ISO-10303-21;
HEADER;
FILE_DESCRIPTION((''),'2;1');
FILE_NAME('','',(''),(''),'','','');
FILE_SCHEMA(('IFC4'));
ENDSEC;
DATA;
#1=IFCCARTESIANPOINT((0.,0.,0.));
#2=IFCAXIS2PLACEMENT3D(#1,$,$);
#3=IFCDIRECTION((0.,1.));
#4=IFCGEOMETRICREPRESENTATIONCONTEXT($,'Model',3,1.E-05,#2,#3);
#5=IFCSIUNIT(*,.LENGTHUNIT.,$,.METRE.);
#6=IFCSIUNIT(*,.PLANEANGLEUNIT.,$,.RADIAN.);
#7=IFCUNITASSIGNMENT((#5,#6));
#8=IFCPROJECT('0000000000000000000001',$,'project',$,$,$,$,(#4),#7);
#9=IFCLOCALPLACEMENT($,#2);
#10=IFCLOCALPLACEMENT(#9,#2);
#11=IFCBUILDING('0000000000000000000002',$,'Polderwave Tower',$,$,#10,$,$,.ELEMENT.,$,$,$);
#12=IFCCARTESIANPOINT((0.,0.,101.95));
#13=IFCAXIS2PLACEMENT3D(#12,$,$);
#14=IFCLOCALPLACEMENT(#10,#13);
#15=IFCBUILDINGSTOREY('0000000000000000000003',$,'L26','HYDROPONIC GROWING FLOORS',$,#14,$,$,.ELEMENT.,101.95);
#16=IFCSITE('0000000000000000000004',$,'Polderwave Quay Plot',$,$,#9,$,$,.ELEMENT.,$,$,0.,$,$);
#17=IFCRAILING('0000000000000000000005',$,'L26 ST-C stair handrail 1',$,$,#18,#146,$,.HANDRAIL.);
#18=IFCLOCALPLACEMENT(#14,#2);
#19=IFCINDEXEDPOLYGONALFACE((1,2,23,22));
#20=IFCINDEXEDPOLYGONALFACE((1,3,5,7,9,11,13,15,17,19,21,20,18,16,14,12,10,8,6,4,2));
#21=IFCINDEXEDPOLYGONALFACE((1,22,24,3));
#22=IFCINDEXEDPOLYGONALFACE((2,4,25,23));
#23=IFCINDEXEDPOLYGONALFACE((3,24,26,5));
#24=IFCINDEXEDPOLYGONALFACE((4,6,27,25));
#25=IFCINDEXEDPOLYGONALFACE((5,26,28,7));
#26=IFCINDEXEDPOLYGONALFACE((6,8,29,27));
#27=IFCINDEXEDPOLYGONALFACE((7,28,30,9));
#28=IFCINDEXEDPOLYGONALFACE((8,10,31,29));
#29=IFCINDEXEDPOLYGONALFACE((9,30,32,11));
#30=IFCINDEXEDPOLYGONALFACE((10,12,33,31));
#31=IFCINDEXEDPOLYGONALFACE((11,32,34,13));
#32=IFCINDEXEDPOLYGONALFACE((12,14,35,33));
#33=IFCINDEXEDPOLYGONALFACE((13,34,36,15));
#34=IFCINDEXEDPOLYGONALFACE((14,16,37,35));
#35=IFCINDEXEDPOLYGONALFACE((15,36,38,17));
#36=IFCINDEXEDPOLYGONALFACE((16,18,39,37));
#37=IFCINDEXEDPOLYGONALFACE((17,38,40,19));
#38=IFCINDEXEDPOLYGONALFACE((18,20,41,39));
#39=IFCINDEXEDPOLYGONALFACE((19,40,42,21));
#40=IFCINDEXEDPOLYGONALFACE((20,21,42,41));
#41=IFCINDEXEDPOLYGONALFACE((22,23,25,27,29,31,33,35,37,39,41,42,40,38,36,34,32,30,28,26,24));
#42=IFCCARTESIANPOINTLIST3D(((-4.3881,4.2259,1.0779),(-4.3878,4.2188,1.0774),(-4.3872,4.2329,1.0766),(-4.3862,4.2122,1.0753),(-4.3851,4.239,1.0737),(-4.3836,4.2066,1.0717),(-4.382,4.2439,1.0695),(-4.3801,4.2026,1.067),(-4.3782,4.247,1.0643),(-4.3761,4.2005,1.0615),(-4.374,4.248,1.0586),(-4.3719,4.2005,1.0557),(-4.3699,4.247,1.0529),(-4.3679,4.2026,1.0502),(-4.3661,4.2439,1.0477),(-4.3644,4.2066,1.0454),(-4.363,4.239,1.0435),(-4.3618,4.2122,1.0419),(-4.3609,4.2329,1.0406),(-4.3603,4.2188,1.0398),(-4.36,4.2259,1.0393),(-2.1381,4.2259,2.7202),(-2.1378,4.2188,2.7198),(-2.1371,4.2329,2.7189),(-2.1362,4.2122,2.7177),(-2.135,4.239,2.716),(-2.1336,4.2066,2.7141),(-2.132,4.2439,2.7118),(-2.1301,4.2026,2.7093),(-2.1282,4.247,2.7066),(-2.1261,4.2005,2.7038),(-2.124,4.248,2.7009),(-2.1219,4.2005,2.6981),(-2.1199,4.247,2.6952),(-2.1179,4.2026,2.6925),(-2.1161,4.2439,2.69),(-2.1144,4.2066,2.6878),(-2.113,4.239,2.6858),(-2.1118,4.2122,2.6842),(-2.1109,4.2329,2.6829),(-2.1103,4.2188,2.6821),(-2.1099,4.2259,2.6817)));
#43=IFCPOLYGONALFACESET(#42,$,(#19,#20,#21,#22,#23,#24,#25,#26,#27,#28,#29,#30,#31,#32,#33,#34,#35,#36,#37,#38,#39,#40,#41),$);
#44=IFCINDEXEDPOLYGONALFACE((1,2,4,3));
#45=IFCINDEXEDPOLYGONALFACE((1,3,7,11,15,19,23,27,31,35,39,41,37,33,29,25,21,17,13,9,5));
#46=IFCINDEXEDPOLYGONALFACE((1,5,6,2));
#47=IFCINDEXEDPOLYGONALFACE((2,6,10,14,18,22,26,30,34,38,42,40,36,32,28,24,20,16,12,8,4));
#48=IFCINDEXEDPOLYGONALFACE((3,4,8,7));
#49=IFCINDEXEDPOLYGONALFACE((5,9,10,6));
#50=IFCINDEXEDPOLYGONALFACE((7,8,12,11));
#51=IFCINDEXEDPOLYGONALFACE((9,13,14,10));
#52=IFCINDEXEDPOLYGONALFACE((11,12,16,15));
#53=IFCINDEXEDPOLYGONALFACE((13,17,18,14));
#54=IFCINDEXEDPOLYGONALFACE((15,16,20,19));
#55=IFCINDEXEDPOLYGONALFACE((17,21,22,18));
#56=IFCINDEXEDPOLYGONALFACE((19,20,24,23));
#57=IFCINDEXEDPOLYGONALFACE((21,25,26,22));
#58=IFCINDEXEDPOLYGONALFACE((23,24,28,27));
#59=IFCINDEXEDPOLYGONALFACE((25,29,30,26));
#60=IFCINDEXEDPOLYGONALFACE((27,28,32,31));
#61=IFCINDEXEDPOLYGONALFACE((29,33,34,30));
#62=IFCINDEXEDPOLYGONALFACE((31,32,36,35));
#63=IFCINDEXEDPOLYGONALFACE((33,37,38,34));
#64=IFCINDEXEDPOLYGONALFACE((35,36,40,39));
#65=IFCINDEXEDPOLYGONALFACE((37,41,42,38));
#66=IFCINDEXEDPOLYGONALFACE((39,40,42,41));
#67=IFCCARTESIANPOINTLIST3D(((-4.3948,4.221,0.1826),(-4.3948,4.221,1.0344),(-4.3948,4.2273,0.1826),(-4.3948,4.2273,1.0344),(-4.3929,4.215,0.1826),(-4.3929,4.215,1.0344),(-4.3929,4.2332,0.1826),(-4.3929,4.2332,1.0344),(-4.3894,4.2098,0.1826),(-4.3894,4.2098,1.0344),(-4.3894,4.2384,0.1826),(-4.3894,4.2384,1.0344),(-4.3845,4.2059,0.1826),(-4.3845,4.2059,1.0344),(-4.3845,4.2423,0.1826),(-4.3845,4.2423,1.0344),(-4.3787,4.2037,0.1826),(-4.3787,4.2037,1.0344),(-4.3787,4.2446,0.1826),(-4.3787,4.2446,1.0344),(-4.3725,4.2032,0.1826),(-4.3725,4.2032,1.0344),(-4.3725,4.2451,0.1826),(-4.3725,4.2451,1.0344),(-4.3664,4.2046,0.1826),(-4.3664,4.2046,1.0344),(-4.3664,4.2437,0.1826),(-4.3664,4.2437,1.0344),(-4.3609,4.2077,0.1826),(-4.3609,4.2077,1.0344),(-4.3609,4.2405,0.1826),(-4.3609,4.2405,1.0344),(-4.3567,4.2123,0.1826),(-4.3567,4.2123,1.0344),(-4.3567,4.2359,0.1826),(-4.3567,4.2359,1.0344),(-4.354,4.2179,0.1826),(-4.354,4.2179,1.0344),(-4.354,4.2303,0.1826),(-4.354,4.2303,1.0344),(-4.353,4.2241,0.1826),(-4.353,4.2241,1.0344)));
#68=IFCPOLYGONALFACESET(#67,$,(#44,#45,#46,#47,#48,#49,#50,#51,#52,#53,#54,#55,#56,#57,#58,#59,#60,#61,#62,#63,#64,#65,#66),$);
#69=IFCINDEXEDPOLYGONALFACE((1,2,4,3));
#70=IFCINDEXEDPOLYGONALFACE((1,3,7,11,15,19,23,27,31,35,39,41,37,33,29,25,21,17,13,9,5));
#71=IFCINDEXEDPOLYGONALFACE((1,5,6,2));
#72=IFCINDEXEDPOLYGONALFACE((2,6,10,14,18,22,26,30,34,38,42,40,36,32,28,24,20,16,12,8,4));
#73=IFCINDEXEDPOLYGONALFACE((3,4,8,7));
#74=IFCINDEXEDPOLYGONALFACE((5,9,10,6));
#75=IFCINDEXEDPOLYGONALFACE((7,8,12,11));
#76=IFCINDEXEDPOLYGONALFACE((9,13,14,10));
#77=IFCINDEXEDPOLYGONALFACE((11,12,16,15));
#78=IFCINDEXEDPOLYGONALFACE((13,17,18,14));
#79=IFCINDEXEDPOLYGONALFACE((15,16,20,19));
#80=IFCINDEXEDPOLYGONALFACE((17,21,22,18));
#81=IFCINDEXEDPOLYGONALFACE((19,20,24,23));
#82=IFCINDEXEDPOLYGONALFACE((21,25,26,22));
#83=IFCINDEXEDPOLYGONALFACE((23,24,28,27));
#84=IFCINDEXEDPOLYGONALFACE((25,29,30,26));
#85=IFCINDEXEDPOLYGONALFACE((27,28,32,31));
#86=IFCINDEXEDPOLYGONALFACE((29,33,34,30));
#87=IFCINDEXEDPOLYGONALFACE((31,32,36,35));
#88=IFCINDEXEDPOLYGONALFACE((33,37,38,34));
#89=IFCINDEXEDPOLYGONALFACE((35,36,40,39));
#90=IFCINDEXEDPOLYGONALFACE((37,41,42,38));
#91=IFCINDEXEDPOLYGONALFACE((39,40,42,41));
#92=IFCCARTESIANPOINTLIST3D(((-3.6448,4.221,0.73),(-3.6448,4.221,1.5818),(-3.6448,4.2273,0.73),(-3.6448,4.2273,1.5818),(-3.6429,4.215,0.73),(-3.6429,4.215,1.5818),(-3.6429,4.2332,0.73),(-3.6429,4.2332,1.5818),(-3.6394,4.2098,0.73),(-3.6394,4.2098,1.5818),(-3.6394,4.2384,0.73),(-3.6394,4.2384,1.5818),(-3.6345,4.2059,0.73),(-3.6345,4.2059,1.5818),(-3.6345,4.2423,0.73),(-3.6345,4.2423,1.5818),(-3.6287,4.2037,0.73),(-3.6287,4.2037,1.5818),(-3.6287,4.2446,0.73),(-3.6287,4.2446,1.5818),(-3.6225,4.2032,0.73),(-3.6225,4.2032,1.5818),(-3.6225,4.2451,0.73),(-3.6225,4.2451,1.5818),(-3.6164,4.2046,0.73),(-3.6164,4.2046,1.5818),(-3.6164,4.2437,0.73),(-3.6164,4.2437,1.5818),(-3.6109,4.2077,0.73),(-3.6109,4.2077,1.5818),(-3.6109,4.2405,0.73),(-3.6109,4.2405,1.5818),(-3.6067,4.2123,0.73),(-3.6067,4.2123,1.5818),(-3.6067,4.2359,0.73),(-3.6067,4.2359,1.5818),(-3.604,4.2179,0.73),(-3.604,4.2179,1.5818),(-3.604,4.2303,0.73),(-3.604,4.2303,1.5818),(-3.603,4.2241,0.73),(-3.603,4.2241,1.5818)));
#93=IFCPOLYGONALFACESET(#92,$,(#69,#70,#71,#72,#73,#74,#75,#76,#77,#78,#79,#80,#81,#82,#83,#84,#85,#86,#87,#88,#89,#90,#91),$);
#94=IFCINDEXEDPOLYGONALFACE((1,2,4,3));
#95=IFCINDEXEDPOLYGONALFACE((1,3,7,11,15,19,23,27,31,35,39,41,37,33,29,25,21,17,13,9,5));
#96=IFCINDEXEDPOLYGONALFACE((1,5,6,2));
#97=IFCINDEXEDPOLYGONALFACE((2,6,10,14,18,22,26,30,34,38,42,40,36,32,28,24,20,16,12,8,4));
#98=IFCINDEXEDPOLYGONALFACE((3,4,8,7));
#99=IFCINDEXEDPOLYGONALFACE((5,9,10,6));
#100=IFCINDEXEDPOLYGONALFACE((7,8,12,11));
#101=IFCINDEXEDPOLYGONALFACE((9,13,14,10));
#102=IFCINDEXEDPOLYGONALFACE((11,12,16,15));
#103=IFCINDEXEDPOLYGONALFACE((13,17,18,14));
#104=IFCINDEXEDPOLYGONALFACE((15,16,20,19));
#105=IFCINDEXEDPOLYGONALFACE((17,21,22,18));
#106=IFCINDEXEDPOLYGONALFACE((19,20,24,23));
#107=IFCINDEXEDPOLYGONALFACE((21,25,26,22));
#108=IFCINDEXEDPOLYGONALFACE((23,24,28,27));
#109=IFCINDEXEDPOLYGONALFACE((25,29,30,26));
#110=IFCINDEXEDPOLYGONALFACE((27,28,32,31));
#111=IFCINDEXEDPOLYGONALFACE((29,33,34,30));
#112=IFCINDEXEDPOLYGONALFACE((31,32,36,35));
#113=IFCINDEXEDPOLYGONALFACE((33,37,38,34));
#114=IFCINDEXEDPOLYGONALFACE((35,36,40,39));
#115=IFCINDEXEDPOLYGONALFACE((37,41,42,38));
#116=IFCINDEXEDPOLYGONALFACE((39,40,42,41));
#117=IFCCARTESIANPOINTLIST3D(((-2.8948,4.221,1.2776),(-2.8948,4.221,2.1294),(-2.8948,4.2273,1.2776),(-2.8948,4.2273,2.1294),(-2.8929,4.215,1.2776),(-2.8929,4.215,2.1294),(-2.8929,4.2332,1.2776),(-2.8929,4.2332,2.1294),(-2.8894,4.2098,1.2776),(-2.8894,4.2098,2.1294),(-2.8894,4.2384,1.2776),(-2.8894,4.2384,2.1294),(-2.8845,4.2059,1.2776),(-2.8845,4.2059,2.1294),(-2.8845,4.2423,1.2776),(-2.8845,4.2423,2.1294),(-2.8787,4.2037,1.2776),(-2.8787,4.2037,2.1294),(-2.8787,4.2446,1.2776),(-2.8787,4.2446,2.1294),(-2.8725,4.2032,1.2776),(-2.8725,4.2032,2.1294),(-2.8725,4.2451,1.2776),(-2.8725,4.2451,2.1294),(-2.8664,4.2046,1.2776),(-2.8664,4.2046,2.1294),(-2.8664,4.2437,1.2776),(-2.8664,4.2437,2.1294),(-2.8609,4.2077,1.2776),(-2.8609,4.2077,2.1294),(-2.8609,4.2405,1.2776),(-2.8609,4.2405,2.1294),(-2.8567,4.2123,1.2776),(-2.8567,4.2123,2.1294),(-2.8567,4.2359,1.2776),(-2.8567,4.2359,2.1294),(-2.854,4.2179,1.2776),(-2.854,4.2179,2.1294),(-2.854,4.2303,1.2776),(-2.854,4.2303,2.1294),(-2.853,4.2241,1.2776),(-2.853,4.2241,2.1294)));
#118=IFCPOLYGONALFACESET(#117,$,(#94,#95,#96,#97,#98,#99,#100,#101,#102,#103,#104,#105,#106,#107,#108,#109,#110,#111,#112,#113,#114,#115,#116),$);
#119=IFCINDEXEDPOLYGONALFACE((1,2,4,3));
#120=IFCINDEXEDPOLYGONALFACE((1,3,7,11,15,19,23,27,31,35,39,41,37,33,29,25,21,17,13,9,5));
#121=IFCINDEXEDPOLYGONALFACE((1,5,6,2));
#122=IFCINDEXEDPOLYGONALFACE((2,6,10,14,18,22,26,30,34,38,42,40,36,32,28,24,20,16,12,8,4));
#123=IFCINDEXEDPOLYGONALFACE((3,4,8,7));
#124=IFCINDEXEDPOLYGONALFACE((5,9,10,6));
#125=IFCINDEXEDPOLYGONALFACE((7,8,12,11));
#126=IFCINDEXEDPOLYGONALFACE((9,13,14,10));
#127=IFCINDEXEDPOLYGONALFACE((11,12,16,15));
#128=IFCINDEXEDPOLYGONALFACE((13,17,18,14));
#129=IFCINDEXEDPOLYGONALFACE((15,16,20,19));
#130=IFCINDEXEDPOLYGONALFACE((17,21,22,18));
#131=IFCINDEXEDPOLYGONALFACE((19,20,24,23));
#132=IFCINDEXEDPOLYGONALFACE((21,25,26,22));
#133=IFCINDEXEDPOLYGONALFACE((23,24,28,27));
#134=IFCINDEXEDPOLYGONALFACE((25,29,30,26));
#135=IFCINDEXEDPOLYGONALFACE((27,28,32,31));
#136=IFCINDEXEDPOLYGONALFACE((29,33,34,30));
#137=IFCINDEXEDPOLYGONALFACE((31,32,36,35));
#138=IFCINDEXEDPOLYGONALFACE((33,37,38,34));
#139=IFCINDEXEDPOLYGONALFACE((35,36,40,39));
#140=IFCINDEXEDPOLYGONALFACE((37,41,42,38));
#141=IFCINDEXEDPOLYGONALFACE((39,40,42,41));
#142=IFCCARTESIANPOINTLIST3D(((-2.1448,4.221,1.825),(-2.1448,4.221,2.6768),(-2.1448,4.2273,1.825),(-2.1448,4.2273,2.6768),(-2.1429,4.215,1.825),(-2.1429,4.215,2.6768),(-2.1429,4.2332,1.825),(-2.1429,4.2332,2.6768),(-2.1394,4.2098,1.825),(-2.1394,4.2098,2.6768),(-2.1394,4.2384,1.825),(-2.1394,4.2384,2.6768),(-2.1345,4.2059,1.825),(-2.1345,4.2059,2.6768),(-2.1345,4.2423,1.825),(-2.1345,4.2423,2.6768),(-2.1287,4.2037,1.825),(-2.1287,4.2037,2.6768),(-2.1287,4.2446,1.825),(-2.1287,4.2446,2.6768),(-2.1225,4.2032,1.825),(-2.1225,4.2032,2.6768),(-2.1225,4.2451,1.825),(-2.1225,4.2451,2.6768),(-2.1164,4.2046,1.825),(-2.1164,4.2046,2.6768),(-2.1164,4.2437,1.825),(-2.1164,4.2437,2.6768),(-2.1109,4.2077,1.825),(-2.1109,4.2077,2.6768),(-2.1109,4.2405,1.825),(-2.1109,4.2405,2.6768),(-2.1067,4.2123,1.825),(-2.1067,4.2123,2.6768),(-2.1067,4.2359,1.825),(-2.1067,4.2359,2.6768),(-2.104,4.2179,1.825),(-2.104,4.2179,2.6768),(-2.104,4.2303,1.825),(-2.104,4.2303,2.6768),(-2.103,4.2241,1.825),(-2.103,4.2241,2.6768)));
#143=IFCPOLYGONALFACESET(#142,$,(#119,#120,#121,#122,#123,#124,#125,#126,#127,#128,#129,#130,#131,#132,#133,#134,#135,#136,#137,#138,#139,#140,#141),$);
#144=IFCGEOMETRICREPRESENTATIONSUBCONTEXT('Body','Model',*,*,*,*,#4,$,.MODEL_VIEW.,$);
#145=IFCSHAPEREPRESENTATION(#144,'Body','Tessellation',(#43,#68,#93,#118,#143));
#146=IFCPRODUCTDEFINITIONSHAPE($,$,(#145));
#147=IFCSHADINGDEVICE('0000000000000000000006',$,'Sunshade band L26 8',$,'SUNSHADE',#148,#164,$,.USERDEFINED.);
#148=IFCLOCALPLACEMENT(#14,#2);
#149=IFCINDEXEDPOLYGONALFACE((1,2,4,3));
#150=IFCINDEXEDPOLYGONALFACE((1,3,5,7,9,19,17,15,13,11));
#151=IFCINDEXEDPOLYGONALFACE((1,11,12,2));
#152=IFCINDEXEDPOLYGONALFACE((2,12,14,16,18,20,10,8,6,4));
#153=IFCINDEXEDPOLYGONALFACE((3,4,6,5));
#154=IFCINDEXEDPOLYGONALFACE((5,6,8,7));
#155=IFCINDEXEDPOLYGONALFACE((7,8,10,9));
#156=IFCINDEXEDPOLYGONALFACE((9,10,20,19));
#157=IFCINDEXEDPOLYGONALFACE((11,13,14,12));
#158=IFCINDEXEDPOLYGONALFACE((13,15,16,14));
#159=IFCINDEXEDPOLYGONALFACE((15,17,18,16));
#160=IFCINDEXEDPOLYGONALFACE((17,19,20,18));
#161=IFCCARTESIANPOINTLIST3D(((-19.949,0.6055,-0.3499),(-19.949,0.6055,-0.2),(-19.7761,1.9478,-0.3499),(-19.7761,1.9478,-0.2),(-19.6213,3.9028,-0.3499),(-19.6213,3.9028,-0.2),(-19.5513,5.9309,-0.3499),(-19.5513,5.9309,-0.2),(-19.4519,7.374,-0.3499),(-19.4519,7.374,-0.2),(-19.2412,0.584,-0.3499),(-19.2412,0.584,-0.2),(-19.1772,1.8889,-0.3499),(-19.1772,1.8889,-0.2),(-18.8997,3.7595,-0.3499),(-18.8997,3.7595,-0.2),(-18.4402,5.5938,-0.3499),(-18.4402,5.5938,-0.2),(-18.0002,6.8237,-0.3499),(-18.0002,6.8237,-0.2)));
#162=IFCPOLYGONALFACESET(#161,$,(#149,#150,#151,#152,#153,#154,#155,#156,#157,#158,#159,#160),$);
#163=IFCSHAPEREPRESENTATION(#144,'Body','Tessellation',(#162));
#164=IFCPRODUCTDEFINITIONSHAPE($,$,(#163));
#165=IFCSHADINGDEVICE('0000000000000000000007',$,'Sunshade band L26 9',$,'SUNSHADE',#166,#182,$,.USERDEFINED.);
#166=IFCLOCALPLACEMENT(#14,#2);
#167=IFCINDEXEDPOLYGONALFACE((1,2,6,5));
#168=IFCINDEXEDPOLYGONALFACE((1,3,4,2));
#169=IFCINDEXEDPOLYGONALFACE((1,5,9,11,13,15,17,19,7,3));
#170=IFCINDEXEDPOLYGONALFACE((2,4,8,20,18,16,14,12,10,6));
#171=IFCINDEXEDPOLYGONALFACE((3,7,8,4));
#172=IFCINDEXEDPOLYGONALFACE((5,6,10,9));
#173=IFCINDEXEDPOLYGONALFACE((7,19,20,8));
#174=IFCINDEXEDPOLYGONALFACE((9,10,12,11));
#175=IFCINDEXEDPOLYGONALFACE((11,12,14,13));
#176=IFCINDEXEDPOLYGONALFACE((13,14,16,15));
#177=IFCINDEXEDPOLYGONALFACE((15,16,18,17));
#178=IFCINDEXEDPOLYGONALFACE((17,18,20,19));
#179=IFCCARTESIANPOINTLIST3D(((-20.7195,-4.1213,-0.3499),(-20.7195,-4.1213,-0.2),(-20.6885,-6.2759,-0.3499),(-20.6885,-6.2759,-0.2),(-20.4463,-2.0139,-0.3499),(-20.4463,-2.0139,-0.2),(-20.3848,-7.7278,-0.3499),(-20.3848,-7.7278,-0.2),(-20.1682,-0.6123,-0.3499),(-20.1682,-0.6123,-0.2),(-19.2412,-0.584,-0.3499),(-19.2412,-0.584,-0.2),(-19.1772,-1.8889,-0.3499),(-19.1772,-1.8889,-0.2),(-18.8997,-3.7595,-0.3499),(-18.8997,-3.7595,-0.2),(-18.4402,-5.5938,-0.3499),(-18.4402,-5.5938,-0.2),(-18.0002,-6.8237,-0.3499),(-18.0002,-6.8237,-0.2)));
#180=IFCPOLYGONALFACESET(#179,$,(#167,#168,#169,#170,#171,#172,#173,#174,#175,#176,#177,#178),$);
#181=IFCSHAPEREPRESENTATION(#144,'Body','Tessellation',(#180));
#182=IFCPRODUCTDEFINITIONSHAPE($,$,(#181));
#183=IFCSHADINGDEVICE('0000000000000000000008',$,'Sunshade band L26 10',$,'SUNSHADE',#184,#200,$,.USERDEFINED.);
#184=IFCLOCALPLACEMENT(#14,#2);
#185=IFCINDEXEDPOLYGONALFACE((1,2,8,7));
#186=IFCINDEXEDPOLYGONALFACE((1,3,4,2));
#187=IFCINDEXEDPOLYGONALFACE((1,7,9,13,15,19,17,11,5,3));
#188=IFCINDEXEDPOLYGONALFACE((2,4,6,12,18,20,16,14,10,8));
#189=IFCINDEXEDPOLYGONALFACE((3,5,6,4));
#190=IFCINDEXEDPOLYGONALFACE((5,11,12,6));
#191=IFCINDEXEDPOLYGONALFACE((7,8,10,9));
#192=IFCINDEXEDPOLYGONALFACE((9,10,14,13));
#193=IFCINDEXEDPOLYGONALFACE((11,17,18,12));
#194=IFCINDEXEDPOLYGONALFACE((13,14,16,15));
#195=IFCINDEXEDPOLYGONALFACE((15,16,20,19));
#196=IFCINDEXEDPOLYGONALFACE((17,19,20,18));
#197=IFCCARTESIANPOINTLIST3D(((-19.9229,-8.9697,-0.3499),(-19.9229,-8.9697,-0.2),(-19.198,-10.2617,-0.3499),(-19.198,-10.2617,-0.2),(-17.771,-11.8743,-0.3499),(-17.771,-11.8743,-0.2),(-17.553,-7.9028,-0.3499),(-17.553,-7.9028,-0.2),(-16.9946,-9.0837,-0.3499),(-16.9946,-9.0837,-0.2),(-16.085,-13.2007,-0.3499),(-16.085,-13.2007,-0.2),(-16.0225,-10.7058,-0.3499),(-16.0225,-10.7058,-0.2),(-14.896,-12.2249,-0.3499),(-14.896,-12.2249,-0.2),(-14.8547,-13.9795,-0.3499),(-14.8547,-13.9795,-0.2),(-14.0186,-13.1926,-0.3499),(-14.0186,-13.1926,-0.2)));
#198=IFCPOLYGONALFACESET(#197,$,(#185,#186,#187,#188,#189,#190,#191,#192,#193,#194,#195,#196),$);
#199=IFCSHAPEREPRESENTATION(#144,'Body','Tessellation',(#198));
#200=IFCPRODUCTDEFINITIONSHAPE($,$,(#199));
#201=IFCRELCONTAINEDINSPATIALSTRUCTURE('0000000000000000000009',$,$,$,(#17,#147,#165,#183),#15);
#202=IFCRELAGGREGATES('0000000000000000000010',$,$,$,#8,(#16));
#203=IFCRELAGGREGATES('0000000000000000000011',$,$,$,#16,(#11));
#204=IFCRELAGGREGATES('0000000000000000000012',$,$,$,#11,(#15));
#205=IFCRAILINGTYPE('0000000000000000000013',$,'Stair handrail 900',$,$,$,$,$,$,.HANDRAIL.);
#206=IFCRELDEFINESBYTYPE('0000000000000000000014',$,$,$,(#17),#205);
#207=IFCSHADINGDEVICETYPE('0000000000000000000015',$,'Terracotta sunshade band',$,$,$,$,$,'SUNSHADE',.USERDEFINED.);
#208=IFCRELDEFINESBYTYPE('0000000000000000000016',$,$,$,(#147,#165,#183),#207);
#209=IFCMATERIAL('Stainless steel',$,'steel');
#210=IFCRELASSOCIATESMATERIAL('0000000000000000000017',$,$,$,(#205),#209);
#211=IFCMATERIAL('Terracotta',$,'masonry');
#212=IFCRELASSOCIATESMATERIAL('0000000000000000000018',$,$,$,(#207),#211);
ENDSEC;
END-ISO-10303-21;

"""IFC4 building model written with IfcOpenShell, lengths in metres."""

from ifc_helpers import new_model, si_unit, direction, frame, origin, origin_2d, place, context, subcontext, project, spatial, polyline, circle, outline, extrude, material, type_object, element, save


model = new_model("IFC4")

# Units and contexts
model_context = context("Model", 3, precision=1e-05, world=origin(), true_north=direction((0.0, 1.0)))
body_context = subcontext(model_context, "Body", "Model", "MODEL_VIEW")
ifc_project = project(units=[si_unit("LENGTHUNIT", "METRE"), si_unit("PLANEANGLEUNIT", "RADIAN")], contexts=[model_context])

# Site, building, storey
site_placement = place(None, origin())
site = spatial("IfcSite", under=ifc_project, at=site_placement, Name="Polderwave Quay Plot", CompositionType="ELEMENT", RefElevation=0.0)
building_placement = place(site_placement, origin())
building = spatial("IfcBuilding", under=site, at=building_placement, Name="Polderwave Tower", CompositionType="ELEMENT")
storey_placement = place(building_placement, frame((0.0, 0.0, 101.95)))
storey = spatial("IfcBuildingStorey", under=building, at=storey_placement, Name="L26", Description="HYDROPONIC GROWING FLOORS", CompositionType="ELEMENT", Elevation=101.95)

# Railing
ifc_material_1 = material(Name="Stainless steel", Category="steel")
railing_type_1 = type_object("IfcRailingType", Name="Stair handrail 900", PredefinedType="HANDRAIL", material=ifc_material_1)
railing_1_placement = place(storey_placement, frame((-4.374, 4.2241, 0.1826)))
element("IfcRailing", 1, at=railing_1_placement, inside=storey, type_object=railing_type_1, Name="L26 ST-C stair handrail 1", PredefinedType="HANDRAIL", context=body_context, shape_type="SweptSolid", body=[
    extrude(circle(Radius=0.0239, at=origin_2d()), frame((0.0, 0.0, 0.876), z_axis=(0.807715, 0.0, 0.589573), x_axis=(0.0, 1.0, 0.0)), (0.0, 0.0, 1.0), 2.7856),
    extrude(circle(Radius=0.021, at=origin_2d()), origin(), (0.0, 0.0, 1.0), 0.8518),
    extrude(circle(Radius=0.021, at=origin_2d()), frame((0.75, 0.0, 0.5474)), (0.0, 0.0, 1.0), 0.8518),
    extrude(circle(Radius=0.021, at=origin_2d()), frame((1.5, 0.0, 1.095)), (0.0, 0.0, 1.0), 0.8518),
    extrude(circle(Radius=0.021, at=origin_2d()), frame((2.25, 0.0, 1.6423)), (0.0, 0.0, 1.0), 0.8518),
])

# Shading devices
ifc_material_2 = material(Name="Terracotta", Category="masonry")
shading_device_type = type_object("IfcShadingDeviceType", Name="Terracotta sunshade band", ElementType="SUNSHADE", PredefinedType="USERDEFINED", material=ifc_material_2)
shading_device_1_placement = place(storey_placement, frame((0.0, 0.0, -0.3499)))
element("IfcShadingDevice", 2, at=shading_device_1_placement, inside=storey, type_object=shading_device_type, Name="Sunshade band L26 8", ObjectType="SUNSHADE", PredefinedType="USERDEFINED", context=body_context, shape_type="SweptSolid", body=[
    extrude(outline(polyline([(-18.0002, 6.8237), (-18.4402, 5.5938), (-18.8997, 3.7595), (-19.1772, 1.8889), (-19.2412, 0.584), (-19.949, 0.6055), (-19.7761, 1.9478), (-19.6213, 3.9028), (-19.5513, 5.9309), (-19.4519, 7.374), (-18.0002, 6.8237)])), origin(), (0.0, 0.0, 1.0), 0.1499),
])
shading_device_2_placement = place(storey_placement, frame((0.0, 0.0, -0.3499)))
element("IfcShadingDevice", 3, at=shading_device_2_placement, inside=storey, type_object=shading_device_type, Name="Sunshade band L26 9", ObjectType="SUNSHADE", PredefinedType="USERDEFINED", context=body_context, shape_type="SweptSolid", body=[
    extrude(outline(polyline([(-19.2412, -0.584), (-19.1772, -1.8889), (-18.8997, -3.7595), (-18.4402, -5.5938), (-18.0002, -6.8237), (-20.3848, -7.7278), (-20.6885, -6.2759), (-20.7195, -4.1213), (-20.4463, -2.0139), (-20.1682, -0.6123), (-19.2412, -0.584)])), origin(), (0.0, 0.0, 1.0), 0.1499),
])
shading_device_3_placement = place(storey_placement, frame((0.0, 0.0, -0.3499)))
element("IfcShadingDevice", 4, at=shading_device_3_placement, inside=storey, type_object=shading_device_type, Name="Sunshade band L26 10", ObjectType="SUNSHADE", PredefinedType="USERDEFINED", context=body_context, shape_type="SweptSolid", body=[
    extrude(outline(polyline([(-17.553, -7.9028), (-16.9946, -9.0837), (-16.0225, -10.7058), (-14.896, -12.2249), (-14.0186, -13.1926), (-14.8547, -13.9795), (-16.085, -13.2007), (-17.771, -11.8743), (-19.198, -10.2617), (-19.9229, -8.9697), (-17.553, -7.9028)])), origin(), (0.0, 0.0, 1.0), 0.1499),
])

save(model, "model.ifc")
